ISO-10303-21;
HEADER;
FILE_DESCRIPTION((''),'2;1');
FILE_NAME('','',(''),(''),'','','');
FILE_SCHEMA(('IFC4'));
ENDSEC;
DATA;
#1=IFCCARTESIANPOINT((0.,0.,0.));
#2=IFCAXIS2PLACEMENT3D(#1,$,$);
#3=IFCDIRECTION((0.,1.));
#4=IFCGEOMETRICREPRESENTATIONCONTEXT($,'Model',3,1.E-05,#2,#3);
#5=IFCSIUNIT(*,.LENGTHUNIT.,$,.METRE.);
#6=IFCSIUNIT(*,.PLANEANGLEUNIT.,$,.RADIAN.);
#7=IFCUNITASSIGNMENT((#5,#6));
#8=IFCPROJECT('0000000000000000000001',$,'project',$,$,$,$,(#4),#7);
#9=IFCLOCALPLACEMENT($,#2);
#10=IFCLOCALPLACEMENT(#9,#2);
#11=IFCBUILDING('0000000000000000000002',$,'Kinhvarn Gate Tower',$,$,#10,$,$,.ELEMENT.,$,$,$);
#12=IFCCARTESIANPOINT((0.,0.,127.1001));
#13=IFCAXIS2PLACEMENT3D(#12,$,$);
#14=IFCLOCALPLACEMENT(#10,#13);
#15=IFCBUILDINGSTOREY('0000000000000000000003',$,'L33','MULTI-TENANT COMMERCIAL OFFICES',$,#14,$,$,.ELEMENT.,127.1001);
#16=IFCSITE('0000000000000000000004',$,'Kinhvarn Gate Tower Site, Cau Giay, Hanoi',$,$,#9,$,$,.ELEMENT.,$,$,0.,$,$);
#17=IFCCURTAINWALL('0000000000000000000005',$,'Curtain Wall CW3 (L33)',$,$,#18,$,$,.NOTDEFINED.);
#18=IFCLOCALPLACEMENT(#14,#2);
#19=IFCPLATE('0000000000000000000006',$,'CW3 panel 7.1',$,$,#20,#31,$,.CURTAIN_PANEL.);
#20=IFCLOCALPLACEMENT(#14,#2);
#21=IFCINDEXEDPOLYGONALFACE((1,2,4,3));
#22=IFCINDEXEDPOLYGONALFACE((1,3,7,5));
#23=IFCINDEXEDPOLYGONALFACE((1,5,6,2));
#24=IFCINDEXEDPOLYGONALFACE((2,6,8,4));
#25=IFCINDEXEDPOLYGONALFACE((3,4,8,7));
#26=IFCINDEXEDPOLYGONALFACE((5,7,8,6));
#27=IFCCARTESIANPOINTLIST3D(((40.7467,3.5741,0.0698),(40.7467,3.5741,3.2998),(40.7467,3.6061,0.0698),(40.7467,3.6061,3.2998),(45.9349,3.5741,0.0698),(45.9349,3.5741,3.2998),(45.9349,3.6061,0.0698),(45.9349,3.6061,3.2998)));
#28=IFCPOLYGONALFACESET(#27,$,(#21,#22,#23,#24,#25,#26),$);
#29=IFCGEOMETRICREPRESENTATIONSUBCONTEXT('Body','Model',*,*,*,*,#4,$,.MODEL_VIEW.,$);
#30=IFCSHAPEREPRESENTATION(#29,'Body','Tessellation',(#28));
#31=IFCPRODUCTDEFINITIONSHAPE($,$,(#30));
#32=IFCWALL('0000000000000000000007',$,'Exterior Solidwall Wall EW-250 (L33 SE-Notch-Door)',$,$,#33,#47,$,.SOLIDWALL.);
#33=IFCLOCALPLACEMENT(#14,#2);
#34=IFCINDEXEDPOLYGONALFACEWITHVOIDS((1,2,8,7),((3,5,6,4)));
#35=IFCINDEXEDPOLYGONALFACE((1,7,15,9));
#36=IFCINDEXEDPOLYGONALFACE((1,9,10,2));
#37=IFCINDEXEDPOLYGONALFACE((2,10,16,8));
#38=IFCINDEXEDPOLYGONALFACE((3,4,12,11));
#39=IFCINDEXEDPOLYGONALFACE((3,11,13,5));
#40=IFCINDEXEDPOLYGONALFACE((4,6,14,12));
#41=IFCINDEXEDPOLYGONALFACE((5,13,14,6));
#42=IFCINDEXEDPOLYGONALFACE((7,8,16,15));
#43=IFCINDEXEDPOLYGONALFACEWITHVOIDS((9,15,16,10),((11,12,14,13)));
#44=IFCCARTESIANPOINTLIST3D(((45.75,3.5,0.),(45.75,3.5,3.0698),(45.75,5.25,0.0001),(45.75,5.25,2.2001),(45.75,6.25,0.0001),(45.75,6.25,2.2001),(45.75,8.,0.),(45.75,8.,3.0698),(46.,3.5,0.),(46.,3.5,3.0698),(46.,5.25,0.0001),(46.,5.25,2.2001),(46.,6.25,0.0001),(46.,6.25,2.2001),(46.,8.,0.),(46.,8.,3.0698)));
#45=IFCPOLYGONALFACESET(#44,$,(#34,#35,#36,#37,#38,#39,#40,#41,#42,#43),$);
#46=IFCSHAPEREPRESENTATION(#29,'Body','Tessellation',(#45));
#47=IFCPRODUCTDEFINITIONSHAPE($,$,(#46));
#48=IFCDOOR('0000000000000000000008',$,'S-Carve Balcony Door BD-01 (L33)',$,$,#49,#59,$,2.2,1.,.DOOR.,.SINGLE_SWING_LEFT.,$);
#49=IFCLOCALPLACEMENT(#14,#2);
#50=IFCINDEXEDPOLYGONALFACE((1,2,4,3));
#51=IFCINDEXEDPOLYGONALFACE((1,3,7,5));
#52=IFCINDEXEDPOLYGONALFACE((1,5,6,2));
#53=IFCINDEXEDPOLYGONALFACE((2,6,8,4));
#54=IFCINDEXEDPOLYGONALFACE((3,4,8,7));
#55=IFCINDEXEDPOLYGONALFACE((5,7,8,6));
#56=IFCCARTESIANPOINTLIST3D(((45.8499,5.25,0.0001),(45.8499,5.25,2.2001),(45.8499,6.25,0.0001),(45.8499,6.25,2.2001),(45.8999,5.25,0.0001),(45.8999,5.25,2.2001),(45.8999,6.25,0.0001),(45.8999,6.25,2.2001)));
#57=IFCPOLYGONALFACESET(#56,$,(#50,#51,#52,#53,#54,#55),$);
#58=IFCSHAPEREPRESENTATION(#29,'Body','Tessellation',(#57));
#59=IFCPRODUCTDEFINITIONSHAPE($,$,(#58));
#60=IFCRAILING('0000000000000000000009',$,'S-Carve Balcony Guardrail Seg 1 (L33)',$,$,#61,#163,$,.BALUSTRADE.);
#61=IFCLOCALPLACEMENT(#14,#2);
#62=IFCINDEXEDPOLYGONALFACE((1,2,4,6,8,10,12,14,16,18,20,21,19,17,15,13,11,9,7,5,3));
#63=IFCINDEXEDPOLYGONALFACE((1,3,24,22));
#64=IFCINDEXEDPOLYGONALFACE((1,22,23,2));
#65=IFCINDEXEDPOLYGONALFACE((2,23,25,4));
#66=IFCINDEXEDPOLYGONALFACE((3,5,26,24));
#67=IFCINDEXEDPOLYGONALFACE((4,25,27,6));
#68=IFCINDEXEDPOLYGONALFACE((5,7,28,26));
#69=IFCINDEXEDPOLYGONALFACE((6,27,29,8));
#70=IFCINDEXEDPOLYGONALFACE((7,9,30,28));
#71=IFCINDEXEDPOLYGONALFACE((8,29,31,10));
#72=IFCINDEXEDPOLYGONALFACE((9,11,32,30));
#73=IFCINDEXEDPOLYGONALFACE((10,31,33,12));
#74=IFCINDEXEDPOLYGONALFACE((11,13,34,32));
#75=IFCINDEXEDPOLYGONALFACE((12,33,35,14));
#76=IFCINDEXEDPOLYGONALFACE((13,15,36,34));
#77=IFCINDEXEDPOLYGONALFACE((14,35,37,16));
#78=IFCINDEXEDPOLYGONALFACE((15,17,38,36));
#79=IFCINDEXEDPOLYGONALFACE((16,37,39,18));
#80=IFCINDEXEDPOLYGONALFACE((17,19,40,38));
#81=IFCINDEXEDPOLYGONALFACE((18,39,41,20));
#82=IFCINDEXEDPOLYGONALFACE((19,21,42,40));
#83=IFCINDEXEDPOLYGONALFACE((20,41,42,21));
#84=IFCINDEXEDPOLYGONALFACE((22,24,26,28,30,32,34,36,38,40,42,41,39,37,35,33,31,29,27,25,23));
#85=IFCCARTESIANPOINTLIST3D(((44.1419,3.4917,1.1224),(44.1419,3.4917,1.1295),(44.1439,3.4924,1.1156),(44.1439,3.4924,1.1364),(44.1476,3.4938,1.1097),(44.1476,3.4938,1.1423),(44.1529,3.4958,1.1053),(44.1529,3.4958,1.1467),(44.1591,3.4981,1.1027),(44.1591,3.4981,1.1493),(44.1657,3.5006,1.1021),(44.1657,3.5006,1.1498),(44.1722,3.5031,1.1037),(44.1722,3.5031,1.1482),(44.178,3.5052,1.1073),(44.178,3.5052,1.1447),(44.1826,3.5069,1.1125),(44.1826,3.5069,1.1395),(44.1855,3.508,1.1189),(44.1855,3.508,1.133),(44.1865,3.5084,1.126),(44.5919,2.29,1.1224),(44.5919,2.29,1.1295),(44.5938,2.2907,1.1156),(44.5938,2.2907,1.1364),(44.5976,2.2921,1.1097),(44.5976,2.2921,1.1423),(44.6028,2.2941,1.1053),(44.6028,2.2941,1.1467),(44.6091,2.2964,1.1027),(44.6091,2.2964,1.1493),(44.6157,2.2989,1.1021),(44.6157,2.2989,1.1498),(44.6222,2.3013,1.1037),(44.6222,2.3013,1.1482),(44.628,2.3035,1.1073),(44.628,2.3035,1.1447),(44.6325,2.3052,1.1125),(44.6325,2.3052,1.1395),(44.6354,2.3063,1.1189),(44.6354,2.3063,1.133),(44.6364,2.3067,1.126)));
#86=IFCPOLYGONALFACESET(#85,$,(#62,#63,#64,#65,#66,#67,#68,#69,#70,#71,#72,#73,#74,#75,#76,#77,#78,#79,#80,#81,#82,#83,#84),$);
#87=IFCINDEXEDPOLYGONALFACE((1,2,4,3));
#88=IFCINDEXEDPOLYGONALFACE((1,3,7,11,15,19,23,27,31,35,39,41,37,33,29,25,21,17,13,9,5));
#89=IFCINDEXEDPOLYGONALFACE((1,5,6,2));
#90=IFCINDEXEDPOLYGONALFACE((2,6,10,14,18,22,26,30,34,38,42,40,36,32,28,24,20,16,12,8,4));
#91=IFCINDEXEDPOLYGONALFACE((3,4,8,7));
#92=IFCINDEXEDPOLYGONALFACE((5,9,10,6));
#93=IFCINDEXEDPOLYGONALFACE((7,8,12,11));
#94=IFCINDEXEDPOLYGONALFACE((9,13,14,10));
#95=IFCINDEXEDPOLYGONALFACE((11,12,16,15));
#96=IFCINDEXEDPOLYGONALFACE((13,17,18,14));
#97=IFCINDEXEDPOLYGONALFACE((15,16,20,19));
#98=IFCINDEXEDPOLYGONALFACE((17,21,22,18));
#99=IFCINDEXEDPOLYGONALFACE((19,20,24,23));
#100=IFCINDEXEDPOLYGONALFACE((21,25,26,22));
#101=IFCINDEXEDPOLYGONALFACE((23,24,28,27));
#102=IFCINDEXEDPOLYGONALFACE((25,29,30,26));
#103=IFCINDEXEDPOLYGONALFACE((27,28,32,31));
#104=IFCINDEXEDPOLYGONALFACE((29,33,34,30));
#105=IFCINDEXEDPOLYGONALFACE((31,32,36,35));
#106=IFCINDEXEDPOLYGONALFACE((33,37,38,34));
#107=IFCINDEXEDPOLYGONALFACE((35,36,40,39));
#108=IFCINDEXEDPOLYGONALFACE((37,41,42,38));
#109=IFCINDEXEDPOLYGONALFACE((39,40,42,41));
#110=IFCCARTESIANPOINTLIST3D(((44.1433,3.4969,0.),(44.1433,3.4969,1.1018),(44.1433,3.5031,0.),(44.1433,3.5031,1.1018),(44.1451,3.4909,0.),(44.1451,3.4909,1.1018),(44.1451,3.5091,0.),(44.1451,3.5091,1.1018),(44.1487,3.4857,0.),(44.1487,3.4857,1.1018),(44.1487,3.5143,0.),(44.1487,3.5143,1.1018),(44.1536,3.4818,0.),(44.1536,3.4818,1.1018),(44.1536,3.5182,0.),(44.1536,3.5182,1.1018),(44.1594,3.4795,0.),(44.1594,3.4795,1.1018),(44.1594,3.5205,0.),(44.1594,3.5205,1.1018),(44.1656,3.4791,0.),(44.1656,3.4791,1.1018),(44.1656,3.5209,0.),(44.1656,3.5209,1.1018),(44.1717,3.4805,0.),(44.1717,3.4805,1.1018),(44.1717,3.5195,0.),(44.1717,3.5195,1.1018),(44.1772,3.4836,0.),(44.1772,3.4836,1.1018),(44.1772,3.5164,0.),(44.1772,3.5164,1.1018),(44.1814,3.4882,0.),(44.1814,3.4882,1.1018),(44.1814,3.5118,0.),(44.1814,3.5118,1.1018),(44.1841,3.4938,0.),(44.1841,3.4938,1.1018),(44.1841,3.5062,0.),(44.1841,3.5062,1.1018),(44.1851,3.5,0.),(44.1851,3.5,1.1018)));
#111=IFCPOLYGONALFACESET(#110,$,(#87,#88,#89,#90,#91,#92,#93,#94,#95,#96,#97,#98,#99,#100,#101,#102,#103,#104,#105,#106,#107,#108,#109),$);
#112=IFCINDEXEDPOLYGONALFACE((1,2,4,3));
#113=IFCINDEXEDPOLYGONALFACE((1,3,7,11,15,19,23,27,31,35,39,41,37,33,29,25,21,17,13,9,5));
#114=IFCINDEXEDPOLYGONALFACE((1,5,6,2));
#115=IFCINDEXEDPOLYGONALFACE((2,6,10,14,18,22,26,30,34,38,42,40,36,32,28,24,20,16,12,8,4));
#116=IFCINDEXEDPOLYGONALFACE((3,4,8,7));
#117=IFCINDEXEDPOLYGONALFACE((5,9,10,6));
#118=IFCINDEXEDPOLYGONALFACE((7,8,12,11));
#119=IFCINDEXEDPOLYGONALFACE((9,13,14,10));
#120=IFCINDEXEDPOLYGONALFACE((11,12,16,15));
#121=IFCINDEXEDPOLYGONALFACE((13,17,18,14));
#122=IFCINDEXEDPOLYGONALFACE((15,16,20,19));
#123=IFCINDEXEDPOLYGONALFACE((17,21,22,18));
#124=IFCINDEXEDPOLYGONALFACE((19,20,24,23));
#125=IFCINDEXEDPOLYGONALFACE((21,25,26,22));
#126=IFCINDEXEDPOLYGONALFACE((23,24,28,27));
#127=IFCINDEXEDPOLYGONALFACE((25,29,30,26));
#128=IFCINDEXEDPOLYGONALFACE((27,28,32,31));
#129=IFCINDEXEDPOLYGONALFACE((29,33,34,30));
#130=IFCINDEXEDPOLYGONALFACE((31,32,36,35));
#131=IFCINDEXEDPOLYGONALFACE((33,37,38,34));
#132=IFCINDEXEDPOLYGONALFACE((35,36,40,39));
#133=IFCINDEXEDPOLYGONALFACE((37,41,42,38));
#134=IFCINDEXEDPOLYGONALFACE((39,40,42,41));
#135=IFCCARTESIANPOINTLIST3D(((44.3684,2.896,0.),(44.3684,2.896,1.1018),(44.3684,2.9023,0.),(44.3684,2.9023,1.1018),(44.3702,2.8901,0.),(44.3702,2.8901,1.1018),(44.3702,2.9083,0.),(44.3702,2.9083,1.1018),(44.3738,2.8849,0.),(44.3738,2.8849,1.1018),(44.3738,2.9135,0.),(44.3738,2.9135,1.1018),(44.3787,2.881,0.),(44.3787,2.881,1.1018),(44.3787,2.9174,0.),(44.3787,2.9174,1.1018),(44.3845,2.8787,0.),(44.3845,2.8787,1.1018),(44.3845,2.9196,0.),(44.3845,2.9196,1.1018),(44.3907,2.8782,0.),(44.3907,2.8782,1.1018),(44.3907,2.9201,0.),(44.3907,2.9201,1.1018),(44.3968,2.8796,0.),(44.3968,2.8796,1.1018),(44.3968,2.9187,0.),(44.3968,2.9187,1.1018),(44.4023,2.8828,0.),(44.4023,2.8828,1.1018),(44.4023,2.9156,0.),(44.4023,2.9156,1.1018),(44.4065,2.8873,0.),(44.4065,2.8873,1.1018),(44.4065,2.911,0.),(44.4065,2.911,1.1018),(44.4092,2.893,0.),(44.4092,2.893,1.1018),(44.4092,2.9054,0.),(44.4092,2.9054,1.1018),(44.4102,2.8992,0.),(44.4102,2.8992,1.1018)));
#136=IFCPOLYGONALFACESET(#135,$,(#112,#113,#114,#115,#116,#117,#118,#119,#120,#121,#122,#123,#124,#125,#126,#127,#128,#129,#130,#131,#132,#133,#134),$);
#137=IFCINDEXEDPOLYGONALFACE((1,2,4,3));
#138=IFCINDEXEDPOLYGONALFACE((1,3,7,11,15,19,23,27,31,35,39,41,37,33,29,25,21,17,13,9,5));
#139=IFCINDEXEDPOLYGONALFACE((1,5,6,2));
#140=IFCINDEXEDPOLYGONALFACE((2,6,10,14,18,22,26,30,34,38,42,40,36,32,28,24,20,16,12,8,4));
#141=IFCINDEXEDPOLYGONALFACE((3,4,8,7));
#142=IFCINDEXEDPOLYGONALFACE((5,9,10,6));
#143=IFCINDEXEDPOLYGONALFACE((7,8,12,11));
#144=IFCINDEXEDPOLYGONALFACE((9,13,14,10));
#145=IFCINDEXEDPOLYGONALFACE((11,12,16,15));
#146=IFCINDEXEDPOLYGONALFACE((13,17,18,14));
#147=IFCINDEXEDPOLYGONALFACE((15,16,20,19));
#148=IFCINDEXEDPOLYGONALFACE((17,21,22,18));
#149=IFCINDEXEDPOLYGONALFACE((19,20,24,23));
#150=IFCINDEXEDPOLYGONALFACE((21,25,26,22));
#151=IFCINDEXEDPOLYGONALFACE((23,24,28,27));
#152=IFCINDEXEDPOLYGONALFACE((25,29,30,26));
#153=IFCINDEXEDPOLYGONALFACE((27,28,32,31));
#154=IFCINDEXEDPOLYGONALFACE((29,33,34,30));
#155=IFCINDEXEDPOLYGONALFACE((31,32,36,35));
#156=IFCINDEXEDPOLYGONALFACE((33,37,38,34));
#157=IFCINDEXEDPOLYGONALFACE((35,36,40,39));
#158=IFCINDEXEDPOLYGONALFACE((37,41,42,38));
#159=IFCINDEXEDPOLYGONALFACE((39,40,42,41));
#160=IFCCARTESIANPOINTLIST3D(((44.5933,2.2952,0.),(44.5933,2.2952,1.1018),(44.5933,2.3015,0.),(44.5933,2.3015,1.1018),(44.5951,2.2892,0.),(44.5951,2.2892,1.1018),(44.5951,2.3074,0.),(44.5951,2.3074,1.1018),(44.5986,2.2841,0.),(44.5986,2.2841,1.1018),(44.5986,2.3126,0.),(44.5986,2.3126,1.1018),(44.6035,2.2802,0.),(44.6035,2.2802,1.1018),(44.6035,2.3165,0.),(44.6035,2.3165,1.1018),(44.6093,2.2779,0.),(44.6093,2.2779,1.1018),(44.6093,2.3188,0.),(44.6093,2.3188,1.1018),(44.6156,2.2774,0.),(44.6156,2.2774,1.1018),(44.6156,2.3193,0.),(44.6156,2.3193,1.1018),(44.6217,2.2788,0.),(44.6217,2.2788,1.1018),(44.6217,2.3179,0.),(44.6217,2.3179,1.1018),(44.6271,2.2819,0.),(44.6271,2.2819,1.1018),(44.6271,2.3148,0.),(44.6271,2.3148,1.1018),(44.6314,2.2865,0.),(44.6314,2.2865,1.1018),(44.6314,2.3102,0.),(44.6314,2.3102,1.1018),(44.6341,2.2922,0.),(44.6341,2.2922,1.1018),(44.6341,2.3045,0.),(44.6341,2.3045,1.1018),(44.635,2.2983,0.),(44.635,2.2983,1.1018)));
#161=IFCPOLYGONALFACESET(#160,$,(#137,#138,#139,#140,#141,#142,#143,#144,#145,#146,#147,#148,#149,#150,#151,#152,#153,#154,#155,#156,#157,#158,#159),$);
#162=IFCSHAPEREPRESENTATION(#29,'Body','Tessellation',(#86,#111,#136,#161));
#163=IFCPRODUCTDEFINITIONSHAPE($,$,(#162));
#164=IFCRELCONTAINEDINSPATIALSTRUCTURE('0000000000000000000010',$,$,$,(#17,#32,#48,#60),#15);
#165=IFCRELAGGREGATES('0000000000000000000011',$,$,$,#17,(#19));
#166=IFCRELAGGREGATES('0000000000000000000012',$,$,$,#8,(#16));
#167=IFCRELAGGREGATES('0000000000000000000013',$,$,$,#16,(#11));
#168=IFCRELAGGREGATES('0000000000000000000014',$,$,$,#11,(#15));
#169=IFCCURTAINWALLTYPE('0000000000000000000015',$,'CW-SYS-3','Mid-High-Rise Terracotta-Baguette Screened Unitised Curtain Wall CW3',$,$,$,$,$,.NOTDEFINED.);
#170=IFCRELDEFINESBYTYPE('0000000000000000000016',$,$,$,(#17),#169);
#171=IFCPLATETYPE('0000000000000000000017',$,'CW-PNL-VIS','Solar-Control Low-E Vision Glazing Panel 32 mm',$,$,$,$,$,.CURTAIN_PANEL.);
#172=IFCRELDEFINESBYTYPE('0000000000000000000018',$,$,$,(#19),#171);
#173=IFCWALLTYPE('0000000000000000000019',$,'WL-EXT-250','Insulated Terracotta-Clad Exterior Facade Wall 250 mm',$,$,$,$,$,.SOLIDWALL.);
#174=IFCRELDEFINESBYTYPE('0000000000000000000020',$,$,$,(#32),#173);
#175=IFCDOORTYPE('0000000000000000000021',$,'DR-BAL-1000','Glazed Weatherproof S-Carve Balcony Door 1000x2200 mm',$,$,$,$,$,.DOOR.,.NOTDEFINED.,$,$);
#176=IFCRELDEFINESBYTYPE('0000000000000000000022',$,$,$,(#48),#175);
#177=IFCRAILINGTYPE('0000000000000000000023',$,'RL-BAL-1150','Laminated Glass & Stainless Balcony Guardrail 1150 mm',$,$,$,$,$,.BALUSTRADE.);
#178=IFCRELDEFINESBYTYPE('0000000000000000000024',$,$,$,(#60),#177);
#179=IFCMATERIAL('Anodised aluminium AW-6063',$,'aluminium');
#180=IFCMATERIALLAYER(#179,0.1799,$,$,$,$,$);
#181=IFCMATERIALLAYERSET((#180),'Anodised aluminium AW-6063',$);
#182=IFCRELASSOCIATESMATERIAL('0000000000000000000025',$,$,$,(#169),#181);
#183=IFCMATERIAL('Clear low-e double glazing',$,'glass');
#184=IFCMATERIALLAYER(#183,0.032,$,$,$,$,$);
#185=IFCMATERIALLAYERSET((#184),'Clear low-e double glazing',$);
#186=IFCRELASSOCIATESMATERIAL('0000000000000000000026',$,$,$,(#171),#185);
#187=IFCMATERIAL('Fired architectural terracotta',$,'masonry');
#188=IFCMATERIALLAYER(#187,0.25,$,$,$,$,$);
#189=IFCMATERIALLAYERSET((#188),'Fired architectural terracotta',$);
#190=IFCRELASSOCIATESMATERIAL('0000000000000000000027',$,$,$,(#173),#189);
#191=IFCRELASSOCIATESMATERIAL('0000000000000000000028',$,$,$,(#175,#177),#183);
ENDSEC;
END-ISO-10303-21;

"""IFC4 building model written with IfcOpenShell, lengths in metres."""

from ifc_helpers import new_model, si_unit, direction, frame, frame_2d, origin, origin_2d, place, context, subcontext, project, spatial, rectangle, circle, extrude, material, layer, layer_set, type_object, element, fill, aggregate, save


model = new_model("IFC4")

# Units and contexts
model_context = context("Model", 3, precision=1e-05, world=origin(), true_north=direction((0.0, 1.0)))
body_context = subcontext(model_context, "Body", "Model", "MODEL_VIEW")
ifc_project = project(units=[si_unit("LENGTHUNIT", "METRE"), si_unit("PLANEANGLEUNIT", "RADIAN")], contexts=[model_context])

# Site, building, storey
site_placement = place(None, origin())
site = spatial("IfcSite", under=ifc_project, at=site_placement, Name="Kinhvarn Gate Tower Site, Cau Giay, Hanoi", CompositionType="ELEMENT", RefElevation=0.0)
building_placement = place(site_placement, origin())
building = spatial("IfcBuilding", under=site, at=building_placement, Name="Kinhvarn Gate Tower", CompositionType="ELEMENT")
storey_placement = place(building_placement, frame((0.0, 0.0, 127.1001)))
storey = spatial("IfcBuildingStorey", under=building, at=storey_placement, Name="L33", Description="MULTI-TENANT COMMERCIAL OFFICES", CompositionType="ELEMENT", Elevation=127.1001)

# Curtain wall
ifc_material_1 = material(Name="Anodised aluminium AW-6063", Category="aluminium")
ifc_layer_1 = layer(ifc_material_1, 0.1799)
ifc_layer_set_1 = layer_set([ifc_layer_1], Name="Anodised aluminium AW-6063")
curtain_wall_type = type_object("IfcCurtainWallType", Name="CW-SYS-3", Description="Mid-High-Rise Terracotta-Baguette Screened Unitised Curtain Wall CW3", PredefinedType="NOTDEFINED", material=ifc_layer_set_1)
curtain_wall_1_placement = place(storey_placement, origin())
curtain_wall_1 = element("IfcCurtainWall", 1, at=curtain_wall_1_placement, inside=storey, type_object=curtain_wall_type, Name="Curtain Wall CW3 (L33)", PredefinedType="NOTDEFINED")

# Plate
ifc_material_2 = material(Name="Clear low-e double glazing", Category="glass")
ifc_layer_2 = layer(ifc_material_2, 0.032)
ifc_layer_set_2 = layer_set([ifc_layer_2], Name="Clear low-e double glazing")
plate_type = type_object("IfcPlateType", Name="CW-PNL-VIS", Description="Solar-Control Low-E Vision Glazing Panel 32 mm", PredefinedType="CURTAIN_PANEL", material=ifc_layer_set_2)
plate_placement = place(storey_placement, frame((43.3408, 3.5901, 0.0698), z_axis=(0.0, 0.0, 1.0), x_axis=(1.0, 0.0, 0.0)))
plate = element("IfcPlate", 2, at=plate_placement, type_object=plate_type, Name="CW3 panel 7.1", PredefinedType="CURTAIN_PANEL", context=body_context, shape_type="SweptSolid", body=[
    extrude(rectangle(XDim=5.1882, YDim=0.032, at=origin_2d()), origin(), (0.0, 0.0, 1.0), 3.23),
])
aggregate(curtain_wall_1, [plate])

# Wall, opening, door
ifc_material_3 = material(Name="Fired architectural terracotta", Category="masonry")
ifc_layer_3 = layer(ifc_material_3, 0.25)
ifc_layer_set_3 = layer_set([ifc_layer_3], Name="Fired architectural terracotta")
wall_type = type_object("IfcWallType", Name="WL-EXT-250", Description="Insulated Terracotta-Clad Exterior Facade Wall 250 mm", PredefinedType="SOLIDWALL", material=ifc_layer_set_3)
wall_placement = place(storey_placement, frame((45.875, 3.5, 0.0), z_axis=(0.0, 0.0, 1.0), x_axis=(0.0, 1.0, 0.0)))
wall = element("IfcWall", 3, at=wall_placement, inside=storey, type_object=wall_type, Name="Exterior Solidwall Wall EW-250 (L33 SE-Notch-Door)", PredefinedType="SOLIDWALL", context=body_context, shape_type="SweptSolid", body=[
    extrude(rectangle(XDim=4.5, YDim=0.25, at=frame_2d((2.25, 0.0))), origin(), (0.0, 0.0, 1.0), 3.0698),
])
opening_placement = place(wall_placement, frame((1.75, 0.0, 0.0)))
opening = element("IfcOpeningElement", 4, at=opening_placement, cuts=wall, PredefinedType="OPENING", context=body_context, shape_type="SweptSolid", body=[
    extrude(rectangle(XDim=1.0, YDim=2.2, at=frame_2d((0.5, 1.1001))), frame((0.0, 0.135, 0.0), z_axis=(0.0, -1.0, 0.0), x_axis=(1.0, 0.0, 0.0)), (0.0, 0.0, 1.0), 0.27),
])
door_type = type_object("IfcDoorType", Name="DR-BAL-1000", Description="Glazed Weatherproof S-Carve Balcony Door 1000x2200 mm", OperationType="NOTDEFINED", PredefinedType="DOOR", material=ifc_material_2)
door_placement = place(opening_placement, frame((1.0, 0.0, 0.0), z_axis=(0.0, 0.0, 1.0), x_axis=(-1.0, 0.0, 0.0)))
door = element("IfcDoor", 5, at=door_placement, inside=storey, type_object=door_type, Name="S-Carve Balcony Door BD-01 (L33)", OperationType="SINGLE_SWING_LEFT", OverallHeight=2.2, OverallWidth=1.0, PredefinedType="DOOR", context=body_context, shape_type="SweptSolid", body=[
    extrude(rectangle(XDim=1.0, YDim=2.2, at=frame_2d((0.5, 1.1001))), frame((0.0, 0.0249, 0.0), z_axis=(0.0, -1.0, 0.0), x_axis=(1.0, 0.0, 0.0)), (0.0, 0.0, 1.0), 0.05),
])
fill(opening, door)

# Railing
railing_type = type_object("IfcRailingType", Name="RL-BAL-1150", Description="Laminated Glass & Stainless Balcony Guardrail 1150 mm", PredefinedType="BALUSTRADE", material=ifc_material_2)
railing_1_placement = place(storey_placement, frame((44.1641, 3.5, 0.0)))
element("IfcRailing", 6, at=railing_1_placement, inside=storey, type_object=railing_type, Name="S-Carve Balcony Guardrail Seg 1 (L33)", PredefinedType="BALUSTRADE", context=body_context, shape_type="SweptSolid", body=[
    extrude(circle(Radius=0.0239, at=origin_2d()), frame((0.0, 0.0, 1.126), z_axis=(0.350665, -0.936501, 0.0), x_axis=(0.936501, 0.350665, 0.0)), (0.0, 0.0, 1.0), 1.2832),
    extrude(circle(Radius=0.021, at=origin_2d()), origin(), (0.0, 0.0, 1.0), 1.1018),
    extrude(circle(Radius=0.021, at=origin_2d()), frame((0.2251, -0.6008, 0.0)), (0.0, 0.0, 1.0), 1.1018),
    extrude(circle(Radius=0.021, at=origin_2d()), frame((0.45, -1.2017, 0.0)), (0.0, 0.0, 1.0), 1.1018),
])

save(model, "model.ifc")
